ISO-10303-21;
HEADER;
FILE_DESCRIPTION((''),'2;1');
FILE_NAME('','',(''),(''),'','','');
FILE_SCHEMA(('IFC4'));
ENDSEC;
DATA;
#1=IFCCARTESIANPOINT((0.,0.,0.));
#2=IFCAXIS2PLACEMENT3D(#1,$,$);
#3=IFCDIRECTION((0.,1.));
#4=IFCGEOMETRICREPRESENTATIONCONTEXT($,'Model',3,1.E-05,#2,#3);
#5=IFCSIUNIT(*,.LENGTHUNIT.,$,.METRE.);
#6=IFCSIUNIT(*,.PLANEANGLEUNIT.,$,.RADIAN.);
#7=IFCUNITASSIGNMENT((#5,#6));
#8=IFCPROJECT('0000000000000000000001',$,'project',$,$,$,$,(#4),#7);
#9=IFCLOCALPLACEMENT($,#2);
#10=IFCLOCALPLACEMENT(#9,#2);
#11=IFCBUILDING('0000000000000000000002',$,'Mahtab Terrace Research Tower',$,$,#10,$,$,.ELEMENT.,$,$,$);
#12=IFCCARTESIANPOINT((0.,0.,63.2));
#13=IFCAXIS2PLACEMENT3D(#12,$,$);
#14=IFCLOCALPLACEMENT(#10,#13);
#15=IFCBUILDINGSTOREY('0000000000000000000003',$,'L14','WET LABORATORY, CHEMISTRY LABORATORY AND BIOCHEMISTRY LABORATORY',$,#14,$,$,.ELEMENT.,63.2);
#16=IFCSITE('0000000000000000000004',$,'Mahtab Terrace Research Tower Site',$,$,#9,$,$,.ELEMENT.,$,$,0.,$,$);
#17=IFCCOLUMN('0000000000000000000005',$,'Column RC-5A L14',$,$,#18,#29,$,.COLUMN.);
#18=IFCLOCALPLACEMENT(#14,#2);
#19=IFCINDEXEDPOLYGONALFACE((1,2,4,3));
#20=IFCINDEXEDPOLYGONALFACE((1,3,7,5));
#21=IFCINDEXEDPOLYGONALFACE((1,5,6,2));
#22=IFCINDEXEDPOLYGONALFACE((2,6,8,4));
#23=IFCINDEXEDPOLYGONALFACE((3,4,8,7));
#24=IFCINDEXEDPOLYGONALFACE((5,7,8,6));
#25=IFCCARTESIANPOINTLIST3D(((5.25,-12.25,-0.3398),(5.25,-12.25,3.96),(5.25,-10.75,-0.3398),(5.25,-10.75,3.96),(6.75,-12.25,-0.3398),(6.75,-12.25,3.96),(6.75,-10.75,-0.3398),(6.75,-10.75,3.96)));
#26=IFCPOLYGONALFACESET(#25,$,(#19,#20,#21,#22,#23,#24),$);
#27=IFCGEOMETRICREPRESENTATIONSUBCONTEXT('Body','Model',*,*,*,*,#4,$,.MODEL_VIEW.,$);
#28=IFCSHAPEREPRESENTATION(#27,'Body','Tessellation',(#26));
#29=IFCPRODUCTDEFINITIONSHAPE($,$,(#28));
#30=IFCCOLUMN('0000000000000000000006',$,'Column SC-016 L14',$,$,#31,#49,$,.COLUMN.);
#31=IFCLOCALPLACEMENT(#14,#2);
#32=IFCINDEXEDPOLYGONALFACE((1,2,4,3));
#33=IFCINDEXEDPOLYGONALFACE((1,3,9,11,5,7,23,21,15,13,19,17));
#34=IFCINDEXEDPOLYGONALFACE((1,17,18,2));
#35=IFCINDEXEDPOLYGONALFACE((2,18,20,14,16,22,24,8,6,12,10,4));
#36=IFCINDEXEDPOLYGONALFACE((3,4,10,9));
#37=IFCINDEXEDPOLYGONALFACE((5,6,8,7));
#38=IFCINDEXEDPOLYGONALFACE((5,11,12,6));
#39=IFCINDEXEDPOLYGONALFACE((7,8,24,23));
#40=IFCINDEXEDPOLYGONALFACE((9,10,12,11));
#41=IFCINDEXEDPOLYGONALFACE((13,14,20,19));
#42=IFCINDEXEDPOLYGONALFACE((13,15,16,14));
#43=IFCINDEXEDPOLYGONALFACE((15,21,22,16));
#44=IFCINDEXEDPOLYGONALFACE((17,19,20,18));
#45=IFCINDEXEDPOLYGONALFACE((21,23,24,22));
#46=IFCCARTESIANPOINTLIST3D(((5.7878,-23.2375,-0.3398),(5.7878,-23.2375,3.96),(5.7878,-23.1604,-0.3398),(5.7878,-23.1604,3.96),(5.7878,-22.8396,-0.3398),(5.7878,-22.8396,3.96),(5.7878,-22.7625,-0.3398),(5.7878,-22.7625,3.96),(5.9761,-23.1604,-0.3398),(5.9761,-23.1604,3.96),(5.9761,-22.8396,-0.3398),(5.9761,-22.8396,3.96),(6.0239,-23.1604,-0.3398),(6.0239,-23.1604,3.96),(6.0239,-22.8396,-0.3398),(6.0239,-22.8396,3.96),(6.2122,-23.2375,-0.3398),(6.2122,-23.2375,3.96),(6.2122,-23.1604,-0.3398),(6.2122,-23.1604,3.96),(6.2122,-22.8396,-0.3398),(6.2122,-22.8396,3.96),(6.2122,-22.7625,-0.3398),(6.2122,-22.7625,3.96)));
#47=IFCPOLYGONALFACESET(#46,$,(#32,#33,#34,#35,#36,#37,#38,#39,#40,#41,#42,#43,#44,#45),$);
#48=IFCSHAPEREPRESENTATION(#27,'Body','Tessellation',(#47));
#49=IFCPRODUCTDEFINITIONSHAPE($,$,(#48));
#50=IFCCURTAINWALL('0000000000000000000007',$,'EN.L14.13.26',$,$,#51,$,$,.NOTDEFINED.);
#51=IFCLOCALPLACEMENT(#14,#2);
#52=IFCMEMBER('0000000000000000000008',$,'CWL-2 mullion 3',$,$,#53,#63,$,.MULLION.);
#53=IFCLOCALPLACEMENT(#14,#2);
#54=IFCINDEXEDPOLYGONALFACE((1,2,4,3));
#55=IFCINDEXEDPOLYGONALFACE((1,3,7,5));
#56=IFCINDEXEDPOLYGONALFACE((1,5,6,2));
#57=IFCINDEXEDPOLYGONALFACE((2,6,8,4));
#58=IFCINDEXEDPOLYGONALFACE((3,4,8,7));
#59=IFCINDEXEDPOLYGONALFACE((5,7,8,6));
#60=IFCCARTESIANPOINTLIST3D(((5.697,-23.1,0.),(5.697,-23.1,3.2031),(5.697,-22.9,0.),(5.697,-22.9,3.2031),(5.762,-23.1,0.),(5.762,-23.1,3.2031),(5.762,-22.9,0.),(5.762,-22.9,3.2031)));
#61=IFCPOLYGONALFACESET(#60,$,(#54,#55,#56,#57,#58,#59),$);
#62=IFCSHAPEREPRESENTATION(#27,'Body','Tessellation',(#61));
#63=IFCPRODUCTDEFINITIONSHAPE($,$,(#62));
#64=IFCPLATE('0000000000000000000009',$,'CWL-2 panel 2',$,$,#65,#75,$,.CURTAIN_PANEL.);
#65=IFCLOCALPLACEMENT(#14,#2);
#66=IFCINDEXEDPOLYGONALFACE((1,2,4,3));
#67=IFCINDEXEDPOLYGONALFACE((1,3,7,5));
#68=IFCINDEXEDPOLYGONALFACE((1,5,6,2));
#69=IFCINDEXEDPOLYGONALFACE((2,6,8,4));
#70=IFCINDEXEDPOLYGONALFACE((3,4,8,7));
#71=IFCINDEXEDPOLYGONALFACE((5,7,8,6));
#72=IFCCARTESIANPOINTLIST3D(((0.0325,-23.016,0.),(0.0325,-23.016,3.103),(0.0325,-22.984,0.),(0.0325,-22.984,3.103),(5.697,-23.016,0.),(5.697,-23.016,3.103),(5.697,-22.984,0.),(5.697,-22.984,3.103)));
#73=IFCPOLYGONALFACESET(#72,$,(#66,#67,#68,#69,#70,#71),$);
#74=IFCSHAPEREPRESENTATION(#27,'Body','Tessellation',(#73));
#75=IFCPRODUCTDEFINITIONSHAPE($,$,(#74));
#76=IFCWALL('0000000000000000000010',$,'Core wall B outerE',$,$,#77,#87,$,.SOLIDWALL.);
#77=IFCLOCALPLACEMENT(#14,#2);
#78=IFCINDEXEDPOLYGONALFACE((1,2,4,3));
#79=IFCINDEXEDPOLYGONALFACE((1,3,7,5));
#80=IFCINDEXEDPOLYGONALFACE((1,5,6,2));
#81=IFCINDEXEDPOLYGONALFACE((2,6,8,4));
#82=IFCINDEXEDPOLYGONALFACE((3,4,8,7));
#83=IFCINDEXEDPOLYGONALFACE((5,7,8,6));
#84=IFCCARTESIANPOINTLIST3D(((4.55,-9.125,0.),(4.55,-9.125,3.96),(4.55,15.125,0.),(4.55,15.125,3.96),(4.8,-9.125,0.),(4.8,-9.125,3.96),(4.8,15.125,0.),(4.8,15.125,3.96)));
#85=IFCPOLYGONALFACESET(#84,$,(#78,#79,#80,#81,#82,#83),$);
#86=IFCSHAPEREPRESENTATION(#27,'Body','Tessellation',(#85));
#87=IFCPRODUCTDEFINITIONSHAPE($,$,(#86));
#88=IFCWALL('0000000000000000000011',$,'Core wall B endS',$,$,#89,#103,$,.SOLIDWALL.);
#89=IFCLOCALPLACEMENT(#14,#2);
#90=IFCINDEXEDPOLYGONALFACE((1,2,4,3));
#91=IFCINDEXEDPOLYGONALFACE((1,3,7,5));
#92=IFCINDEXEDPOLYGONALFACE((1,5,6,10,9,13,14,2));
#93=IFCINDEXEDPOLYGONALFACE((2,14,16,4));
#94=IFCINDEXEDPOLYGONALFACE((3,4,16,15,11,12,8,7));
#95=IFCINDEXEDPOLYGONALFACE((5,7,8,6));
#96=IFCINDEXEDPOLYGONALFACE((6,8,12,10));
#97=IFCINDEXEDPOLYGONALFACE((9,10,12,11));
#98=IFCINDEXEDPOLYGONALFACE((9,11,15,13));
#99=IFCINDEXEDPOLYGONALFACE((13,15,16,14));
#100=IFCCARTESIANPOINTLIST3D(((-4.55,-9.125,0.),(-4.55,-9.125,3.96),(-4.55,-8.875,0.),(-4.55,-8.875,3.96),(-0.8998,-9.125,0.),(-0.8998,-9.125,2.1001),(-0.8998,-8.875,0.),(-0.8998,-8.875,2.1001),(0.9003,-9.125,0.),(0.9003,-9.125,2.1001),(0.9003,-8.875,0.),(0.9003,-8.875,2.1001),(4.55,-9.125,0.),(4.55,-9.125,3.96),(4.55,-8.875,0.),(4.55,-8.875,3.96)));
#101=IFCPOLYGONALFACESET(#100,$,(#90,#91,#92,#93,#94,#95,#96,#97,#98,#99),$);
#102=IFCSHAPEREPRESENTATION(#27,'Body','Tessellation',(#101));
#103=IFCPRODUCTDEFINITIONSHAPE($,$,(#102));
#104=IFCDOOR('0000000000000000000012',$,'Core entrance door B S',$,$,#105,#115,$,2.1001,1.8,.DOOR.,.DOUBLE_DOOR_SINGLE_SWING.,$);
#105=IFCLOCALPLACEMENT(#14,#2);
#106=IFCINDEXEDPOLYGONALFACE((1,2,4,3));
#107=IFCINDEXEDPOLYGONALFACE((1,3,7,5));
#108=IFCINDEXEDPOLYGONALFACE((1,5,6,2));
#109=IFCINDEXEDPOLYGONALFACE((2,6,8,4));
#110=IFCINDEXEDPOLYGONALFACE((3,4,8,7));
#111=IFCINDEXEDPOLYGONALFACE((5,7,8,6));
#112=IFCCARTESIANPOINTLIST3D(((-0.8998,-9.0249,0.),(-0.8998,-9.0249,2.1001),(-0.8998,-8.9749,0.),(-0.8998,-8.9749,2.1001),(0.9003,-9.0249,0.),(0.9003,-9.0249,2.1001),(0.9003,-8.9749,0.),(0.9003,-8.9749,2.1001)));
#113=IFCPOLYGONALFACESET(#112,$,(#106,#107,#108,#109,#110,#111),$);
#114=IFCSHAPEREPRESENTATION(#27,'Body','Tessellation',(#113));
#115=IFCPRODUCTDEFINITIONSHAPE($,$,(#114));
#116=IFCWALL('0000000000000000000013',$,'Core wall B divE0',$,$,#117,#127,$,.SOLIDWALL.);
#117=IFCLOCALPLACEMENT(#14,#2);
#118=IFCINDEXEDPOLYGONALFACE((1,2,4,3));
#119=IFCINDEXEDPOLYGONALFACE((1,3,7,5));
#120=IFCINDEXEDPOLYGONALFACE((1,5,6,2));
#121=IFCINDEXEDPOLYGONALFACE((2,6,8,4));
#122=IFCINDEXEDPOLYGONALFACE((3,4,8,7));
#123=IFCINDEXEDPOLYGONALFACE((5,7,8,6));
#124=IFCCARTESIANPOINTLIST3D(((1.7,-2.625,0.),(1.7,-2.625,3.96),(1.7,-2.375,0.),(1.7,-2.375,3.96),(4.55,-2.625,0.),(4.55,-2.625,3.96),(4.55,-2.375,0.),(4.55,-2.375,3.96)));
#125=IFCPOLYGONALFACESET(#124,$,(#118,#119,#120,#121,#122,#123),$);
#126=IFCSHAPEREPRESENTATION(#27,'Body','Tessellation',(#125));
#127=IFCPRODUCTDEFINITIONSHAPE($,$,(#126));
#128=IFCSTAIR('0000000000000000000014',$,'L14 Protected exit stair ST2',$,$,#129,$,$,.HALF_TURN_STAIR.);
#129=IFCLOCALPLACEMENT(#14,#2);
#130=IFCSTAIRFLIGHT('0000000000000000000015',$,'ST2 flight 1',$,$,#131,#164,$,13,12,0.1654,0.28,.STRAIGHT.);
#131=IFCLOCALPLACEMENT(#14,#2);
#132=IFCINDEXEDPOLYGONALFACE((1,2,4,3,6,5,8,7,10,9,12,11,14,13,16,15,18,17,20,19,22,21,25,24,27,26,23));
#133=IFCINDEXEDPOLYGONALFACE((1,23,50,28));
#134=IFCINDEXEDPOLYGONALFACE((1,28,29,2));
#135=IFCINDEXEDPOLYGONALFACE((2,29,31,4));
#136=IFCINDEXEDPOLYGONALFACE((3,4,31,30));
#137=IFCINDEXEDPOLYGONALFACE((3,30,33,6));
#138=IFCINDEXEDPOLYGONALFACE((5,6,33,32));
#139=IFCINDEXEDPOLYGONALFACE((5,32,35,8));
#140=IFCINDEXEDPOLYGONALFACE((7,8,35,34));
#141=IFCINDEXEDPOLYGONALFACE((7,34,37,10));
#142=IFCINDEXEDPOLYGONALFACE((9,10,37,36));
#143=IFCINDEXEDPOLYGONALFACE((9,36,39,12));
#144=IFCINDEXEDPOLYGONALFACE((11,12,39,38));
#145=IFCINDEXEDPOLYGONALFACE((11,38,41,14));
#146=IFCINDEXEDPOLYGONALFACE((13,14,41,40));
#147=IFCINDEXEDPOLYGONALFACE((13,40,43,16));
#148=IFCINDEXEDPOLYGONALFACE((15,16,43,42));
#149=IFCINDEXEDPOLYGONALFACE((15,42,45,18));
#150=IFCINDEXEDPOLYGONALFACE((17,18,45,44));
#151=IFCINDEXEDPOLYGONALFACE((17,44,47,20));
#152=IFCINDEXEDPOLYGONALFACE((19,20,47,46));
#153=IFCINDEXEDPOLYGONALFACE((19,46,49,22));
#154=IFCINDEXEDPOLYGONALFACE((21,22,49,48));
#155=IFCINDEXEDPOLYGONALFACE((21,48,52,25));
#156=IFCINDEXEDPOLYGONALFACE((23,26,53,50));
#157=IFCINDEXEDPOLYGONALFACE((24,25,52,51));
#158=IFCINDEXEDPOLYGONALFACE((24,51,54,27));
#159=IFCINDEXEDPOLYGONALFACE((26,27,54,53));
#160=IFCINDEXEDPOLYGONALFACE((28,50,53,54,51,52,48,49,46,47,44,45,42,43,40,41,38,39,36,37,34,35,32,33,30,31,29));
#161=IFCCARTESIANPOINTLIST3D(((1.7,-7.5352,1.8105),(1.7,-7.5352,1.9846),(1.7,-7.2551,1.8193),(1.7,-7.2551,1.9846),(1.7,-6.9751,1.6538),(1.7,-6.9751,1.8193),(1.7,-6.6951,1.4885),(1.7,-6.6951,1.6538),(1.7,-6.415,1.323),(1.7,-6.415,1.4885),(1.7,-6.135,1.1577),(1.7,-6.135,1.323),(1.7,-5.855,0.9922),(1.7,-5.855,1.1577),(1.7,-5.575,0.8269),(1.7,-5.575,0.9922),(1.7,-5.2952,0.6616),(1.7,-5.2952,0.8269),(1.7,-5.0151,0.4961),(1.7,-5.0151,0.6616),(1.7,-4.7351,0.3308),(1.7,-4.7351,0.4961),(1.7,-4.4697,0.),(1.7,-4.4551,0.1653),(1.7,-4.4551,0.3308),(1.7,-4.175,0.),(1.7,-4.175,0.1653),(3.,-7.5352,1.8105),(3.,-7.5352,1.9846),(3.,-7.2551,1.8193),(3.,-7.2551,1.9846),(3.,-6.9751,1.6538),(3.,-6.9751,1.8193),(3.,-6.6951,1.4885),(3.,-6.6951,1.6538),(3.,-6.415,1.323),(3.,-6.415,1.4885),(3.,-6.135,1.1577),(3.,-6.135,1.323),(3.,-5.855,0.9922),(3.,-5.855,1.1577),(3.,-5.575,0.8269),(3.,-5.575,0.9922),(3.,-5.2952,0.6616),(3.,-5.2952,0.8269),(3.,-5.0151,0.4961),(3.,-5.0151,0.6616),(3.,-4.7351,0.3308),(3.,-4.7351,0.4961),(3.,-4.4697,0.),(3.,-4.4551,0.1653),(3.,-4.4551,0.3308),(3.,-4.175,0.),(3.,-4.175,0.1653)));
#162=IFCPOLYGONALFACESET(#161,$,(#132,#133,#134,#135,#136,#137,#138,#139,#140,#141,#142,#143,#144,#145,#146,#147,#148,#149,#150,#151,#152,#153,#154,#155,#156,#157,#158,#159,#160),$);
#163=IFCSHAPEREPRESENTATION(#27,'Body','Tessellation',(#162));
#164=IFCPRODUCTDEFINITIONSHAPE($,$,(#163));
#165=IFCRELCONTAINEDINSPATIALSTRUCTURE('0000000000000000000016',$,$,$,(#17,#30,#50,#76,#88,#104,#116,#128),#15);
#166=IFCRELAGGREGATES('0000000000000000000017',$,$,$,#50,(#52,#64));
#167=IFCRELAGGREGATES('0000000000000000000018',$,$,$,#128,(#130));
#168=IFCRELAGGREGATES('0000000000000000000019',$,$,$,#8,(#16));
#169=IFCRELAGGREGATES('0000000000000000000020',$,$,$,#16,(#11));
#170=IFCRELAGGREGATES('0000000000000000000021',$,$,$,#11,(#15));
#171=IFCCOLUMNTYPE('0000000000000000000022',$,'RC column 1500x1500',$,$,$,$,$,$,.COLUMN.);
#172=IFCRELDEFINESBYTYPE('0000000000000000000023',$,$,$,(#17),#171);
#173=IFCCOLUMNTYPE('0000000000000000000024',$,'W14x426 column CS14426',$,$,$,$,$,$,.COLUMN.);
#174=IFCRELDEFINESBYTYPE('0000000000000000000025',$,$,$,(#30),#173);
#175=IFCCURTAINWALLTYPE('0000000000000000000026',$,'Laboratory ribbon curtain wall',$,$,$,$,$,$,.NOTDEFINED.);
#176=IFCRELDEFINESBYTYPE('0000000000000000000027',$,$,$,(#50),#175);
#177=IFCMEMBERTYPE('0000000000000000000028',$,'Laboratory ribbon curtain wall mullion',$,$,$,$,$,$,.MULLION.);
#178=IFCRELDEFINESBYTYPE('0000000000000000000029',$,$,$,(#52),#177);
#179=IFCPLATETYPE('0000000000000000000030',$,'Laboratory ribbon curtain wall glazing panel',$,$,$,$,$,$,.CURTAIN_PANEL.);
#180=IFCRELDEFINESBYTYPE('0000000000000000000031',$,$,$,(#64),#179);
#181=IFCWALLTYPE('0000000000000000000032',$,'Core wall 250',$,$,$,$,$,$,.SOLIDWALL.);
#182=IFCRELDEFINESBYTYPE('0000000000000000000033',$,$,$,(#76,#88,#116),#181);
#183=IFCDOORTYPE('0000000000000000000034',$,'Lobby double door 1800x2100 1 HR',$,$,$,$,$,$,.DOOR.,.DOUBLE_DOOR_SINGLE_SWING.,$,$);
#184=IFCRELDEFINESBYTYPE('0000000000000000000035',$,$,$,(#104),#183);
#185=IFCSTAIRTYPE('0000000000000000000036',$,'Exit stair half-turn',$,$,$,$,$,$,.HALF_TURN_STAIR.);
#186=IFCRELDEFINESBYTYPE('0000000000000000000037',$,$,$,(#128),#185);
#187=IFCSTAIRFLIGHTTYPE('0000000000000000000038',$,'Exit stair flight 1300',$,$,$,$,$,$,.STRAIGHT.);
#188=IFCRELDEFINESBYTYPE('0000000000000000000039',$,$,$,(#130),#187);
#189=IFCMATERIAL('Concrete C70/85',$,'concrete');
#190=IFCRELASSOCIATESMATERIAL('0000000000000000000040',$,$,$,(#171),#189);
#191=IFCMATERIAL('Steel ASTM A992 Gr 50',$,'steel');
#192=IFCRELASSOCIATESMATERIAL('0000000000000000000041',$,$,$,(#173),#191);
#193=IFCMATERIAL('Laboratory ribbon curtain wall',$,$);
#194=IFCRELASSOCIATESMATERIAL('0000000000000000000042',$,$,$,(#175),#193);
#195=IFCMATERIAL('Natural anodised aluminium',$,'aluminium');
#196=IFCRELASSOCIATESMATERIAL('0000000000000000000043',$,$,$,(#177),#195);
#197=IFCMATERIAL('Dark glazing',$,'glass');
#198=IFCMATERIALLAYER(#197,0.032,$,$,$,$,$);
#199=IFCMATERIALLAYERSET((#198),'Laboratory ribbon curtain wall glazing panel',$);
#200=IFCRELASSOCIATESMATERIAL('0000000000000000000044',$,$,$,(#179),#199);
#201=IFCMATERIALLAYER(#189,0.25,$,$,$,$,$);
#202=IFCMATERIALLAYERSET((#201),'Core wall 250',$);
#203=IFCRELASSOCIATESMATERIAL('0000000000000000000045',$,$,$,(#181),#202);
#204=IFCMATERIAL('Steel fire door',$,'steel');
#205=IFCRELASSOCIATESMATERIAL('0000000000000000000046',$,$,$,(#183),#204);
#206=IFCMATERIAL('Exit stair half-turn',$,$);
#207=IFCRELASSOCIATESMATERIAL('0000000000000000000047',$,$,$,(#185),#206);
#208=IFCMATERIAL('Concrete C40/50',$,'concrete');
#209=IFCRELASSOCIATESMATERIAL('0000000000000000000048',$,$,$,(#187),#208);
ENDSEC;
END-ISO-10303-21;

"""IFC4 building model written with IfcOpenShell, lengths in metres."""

from ifc_helpers import new_model, si_unit, direction, frame, frame_2d, origin, origin_2d, place, context, subcontext, project, spatial, polyline, rectangle, i_section, outline, extrude, material, layer, layer_set, material_profile, profile_set, type_object, element, fill, aggregate, save


model = new_model("IFC4")

# Units and contexts
model_context = context("Model", 3, precision=1e-05, world=origin(), true_north=direction((0.0, 1.0)))
body_context = subcontext(model_context, "Body", "Model", "MODEL_VIEW")
ifc_project = project(units=[si_unit("LENGTHUNIT", "METRE"), si_unit("PLANEANGLEUNIT", "RADIAN")], contexts=[model_context])

# Site, building, storey
site_placement = place(None, origin())
site = spatial("IfcSite", under=ifc_project, at=site_placement, Name="Mahtab Terrace Research Tower Site", CompositionType="ELEMENT", RefElevation=0.0)
building_placement = place(site_placement, origin())
building = spatial("IfcBuilding", under=site, at=building_placement, Name="Mahtab Terrace Research Tower", CompositionType="ELEMENT")
storey_placement = place(building_placement, frame((0.0, 0.0, 63.2)))
storey = spatial("IfcBuildingStorey", under=building, at=storey_placement, Name="L14", Description="WET LABORATORY, CHEMISTRY LABORATORY AND BIOCHEMISTRY LABORATORY", CompositionType="ELEMENT", Elevation=63.2)

# Columns
ifc_material_1 = material(Name="Concrete C70/85", Category="concrete")
ifc_material_profile_1 = material_profile(ifc_material_1, rectangle(XDim=1.5, YDim=1.5, at=origin_2d()), Name="RC column 1500x1500")
ifc_profile_set_1 = profile_set([ifc_material_profile_1], Name="Concrete C70/85")
column_type_1 = type_object("IfcColumnType", Name="RC column 1500x1500", PredefinedType="COLUMN", material=ifc_profile_set_1)
column_1_placement = place(storey_placement, frame((6.0, -11.5, -0.3398), z_axis=(0.0, 0.0, 1.0), x_axis=(1.0, 0.0, 0.0)))
element("IfcColumn", 1, at=column_1_placement, inside=storey, type_object=column_type_1, Name="Column RC-5A L14", PredefinedType="COLUMN", context=body_context, shape_type="SweptSolid", body=[
    extrude(rectangle(XDim=1.5, YDim=1.5, at=origin_2d()), origin(), (0.0, 0.0, 1.0), 4.2998),
])
ifc_material_2 = material(Name="Steel ASTM A992 Gr 50", Category="steel")
ifc_material_profile_2 = material_profile(ifc_material_2, i_section(OverallWidth=0.4243, OverallDepth=0.4751, WebThickness=0.0479, FlangeThickness=0.0771, at=origin_2d()), Name="W14X426")
ifc_profile_set_2 = profile_set([ifc_material_profile_2], Name="Steel ASTM A992 Gr 50")
column_type_2 = type_object("IfcColumnType", Name="W14x426 column CS14426", PredefinedType="COLUMN", material=ifc_profile_set_2)
column_2_placement = place(storey_placement, frame((6.0, -23.0, -0.3398), z_axis=(0.0, 0.0, 1.0), x_axis=(1.0, 0.0, 0.0)))
element("IfcColumn", 2, at=column_2_placement, inside=storey, type_object=column_type_2, Name="Column SC-016 L14", PredefinedType="COLUMN", context=body_context, shape_type="SweptSolid", body=[
    extrude(i_section(OverallWidth=0.4243, OverallDepth=0.4751, WebThickness=0.0479, FlangeThickness=0.0771, at=origin_2d()), origin(), (0.0, 0.0, 1.0), 4.2998),
])

# Curtain wall, member, plate
ifc_material_3 = material(Name="Laboratory ribbon curtain wall")
curtain_wall_type = type_object("IfcCurtainWallType", Name="Laboratory ribbon curtain wall", PredefinedType="NOTDEFINED", material=ifc_material_3)
curtain_wall_placement = place(storey_placement, origin())
curtain_wall = element("IfcCurtainWall", 3, at=curtain_wall_placement, inside=storey, type_object=curtain_wall_type, Name="EN.L14.13.26", PredefinedType="NOTDEFINED")
ifc_material_4 = material(Name="Natural anodised aluminium", Category="aluminium")
ifc_material_profile_3 = material_profile(ifc_material_4, rectangle(XDim=0.2, YDim=0.0649, at=origin_2d()), Name="MULLION 65x200")
ifc_profile_set_3 = profile_set([ifc_material_profile_3], Name="Natural anodised aluminium")
member_type = type_object("IfcMemberType", Name="Laboratory ribbon curtain wall mullion", PredefinedType="MULLION", material=ifc_profile_set_3)
member_placement = place(storey_placement, frame((5.7295, -23.0, 0.0), z_axis=(0.0, 0.0, 1.0), x_axis=(0.0, 1.0, 0.0)))
member = element("IfcMember", 4, at=member_placement, type_object=member_type, Name="CWL-2 mullion 3", PredefinedType="MULLION", context=body_context, shape_type="SweptSolid", body=[
    extrude(rectangle(XDim=0.2, YDim=0.0649, at=origin_2d()), origin(), (0.0, 0.0, 1.0), 3.2031),
])
ifc_material_5 = material(Name="Dark glazing", Category="glass")
ifc_layer_1 = layer(ifc_material_5, 0.032)
ifc_layer_set_1 = layer_set([ifc_layer_1], Name="Laboratory ribbon curtain wall glazing panel")
plate_type = type_object("IfcPlateType", Name="Laboratory ribbon curtain wall glazing panel", PredefinedType="CURTAIN_PANEL", material=ifc_layer_set_1)
plate_placement = place(storey_placement, frame((2.8647, -23.0, 0.0), z_axis=(0.0, 0.0, 1.0), x_axis=(1.0, 0.0, 0.0)))
plate = element("IfcPlate", 5, at=plate_placement, type_object=plate_type, Name="CWL-2 panel 2", PredefinedType="CURTAIN_PANEL", context=body_context, shape_type="SweptSolid", body=[
    extrude(rectangle(XDim=5.6646, YDim=0.032, at=origin_2d()), origin(), (0.0, 0.0, 1.0), 3.103),
])
aggregate(curtain_wall, [member, plate])

# Wall
ifc_layer_2 = layer(ifc_material_1, 0.25)
ifc_layer_set_2 = layer_set([ifc_layer_2], Name="Core wall 250")
wall_type = type_object("IfcWallType", Name="Core wall 250", PredefinedType="SOLIDWALL", material=ifc_layer_set_2)
wall_1_placement = place(storey_placement, frame((4.675, -9.125, 0.0), z_axis=(0.0, 0.0, 1.0), x_axis=(0.0, 1.0, 0.0)))
element("IfcWall", 6, at=wall_1_placement, inside=storey, type_object=wall_type, Name="Core wall B outerE", PredefinedType="SOLIDWALL", context=body_context, shape_type="SweptSolid", body=[
    extrude(rectangle(XDim=24.25, YDim=0.25, at=frame_2d((12.125, 0.0))), origin(), (0.0, 0.0, 1.0), 3.96),
])

# Wall, opening, door
wall_2_placement = place(storey_placement, frame((4.55, -9.0, 0.0), z_axis=(0.0, 0.0, 1.0), x_axis=(-1.0, 0.0, 0.0)))
wall_2 = element("IfcWall", 7, at=wall_2_placement, inside=storey, type_object=wall_type, Name="Core wall B endS", PredefinedType="SOLIDWALL", context=body_context, shape_type="SweptSolid", body=[
    extrude(rectangle(XDim=9.1001, YDim=0.25, at=frame_2d((4.55, 0.0))), origin(), (0.0, 0.0, 1.0), 3.96),
])
opening_placement = place(wall_2_placement, frame((3.6499, 0.0, 0.0)))
opening = element("IfcOpeningElement", 8, at=opening_placement, cuts=wall_2, PredefinedType="OPENING", context=body_context, shape_type="SweptSolid", body=[
    extrude(rectangle(XDim=1.8, YDim=2.1001, at=frame_2d((0.8999, 1.05))), frame((0.0, 0.135, 0.0), z_axis=(0.0, -1.0, 0.0), x_axis=(1.0, 0.0, 0.0)), (0.0, 0.0, 1.0), 0.27),
])
ifc_material_6 = material(Name="Steel fire door", Category="steel")
door_type = type_object("IfcDoorType", Name="Lobby double door 1800x2100 1 HR", OperationType="DOUBLE_DOOR_SINGLE_SWING", PredefinedType="DOOR", material=ifc_material_6)
door_placement = place(opening_placement, origin())
door = element("IfcDoor", 9, at=door_placement, inside=storey, type_object=door_type, Name="Core entrance door B S", OperationType="DOUBLE_DOOR_SINGLE_SWING", OverallHeight=2.1001, OverallWidth=1.8, PredefinedType="DOOR", context=body_context, shape_type="SweptSolid", body=[
    extrude(rectangle(XDim=1.8, YDim=2.1001, at=frame_2d((0.8999, 1.05))), frame((0.0, 0.0249, 0.0), z_axis=(0.0, -1.0, 0.0), x_axis=(1.0, 0.0, 0.0)), (0.0, 0.0, 1.0), 0.05),
])
fill(opening, door)

# Wall
wall_3_placement = place(storey_placement, frame((1.7, -2.5, 0.0), z_axis=(0.0, 0.0, 1.0), x_axis=(1.0, 0.0, 0.0)))
element("IfcWall", 10, at=wall_3_placement, inside=storey, type_object=wall_type, Name="Core wall B divE0", PredefinedType="SOLIDWALL", context=body_context, shape_type="SweptSolid", body=[
    extrude(rectangle(XDim=2.8501, YDim=0.25, at=frame_2d((1.425, 0.0))), origin(), (0.0, 0.0, 1.0), 3.96),
])

# Stair, stair flight
ifc_material_7 = material(Name="Exit stair half-turn")
stair_type = type_object("IfcStairType", Name="Exit stair half-turn", PredefinedType="HALF_TURN_STAIR", material=ifc_material_7)
stair_placement = place(storey_placement, origin())
stair = element("IfcStair", 11, at=stair_placement, inside=storey, type_object=stair_type, Name="L14 Protected exit stair ST2", PredefinedType="HALF_TURN_STAIR")
ifc_material_8 = material(Name="Concrete C40/50", Category="concrete")
stair_flight_type = type_object("IfcStairFlightType", Name="Exit stair flight 1300", PredefinedType="STRAIGHT", material=ifc_material_8)
stair_flight_1_placement = place(storey_placement, frame((2.3501, -4.175, 0.0), z_axis=(0.0, 0.0, 1.0), x_axis=(0.0, -1.0, 0.0)))
stair_flight_1 = element("IfcStairFlight", 12, at=stair_flight_1_placement, type_object=stair_flight_type, Name="ST2 flight 1", NumberOfRisers=13, NumberOfTreads=12, PredefinedType="STRAIGHT", RiserHeight=0.1654, TreadLength=0.28, context=body_context, shape_type="SweptSolid", body=[
    extrude(outline(polyline([(0.0, 0.0), (0.0, 0.1653), (0.28, 0.1653), (0.28, 0.3308), (0.5601, 0.3308), (0.5601, 0.4961), (0.8401, 0.4961), (0.8401, 0.6616), (1.1201, 0.6616), (1.1201, 0.8269), (1.3999, 0.8269), (1.3999, 0.9922), (1.6799, 0.9922), (1.6799, 1.1577), (1.96, 1.1577), (1.96, 1.323), (2.24, 1.323), (2.24, 1.4885), (2.52, 1.4885), (2.52, 1.6538), (2.8, 1.6538), (2.8, 1.8193), (3.0801, 1.8193), (3.0801, 1.9846), (3.3601, 1.9846), (3.3601, 2.1499), (3.3601, 1.8105), (0.2947, 0.0), (0.0, 0.0)])), frame((0.0, 0.6499, 0.0), z_axis=(0.0, -1.0, 0.0), x_axis=(1.0, 0.0, 0.0)), (0.0, 0.0, 1.0), 1.3),
])
aggregate(stair, [stair_flight_1])

save(model, "model.ifc")
